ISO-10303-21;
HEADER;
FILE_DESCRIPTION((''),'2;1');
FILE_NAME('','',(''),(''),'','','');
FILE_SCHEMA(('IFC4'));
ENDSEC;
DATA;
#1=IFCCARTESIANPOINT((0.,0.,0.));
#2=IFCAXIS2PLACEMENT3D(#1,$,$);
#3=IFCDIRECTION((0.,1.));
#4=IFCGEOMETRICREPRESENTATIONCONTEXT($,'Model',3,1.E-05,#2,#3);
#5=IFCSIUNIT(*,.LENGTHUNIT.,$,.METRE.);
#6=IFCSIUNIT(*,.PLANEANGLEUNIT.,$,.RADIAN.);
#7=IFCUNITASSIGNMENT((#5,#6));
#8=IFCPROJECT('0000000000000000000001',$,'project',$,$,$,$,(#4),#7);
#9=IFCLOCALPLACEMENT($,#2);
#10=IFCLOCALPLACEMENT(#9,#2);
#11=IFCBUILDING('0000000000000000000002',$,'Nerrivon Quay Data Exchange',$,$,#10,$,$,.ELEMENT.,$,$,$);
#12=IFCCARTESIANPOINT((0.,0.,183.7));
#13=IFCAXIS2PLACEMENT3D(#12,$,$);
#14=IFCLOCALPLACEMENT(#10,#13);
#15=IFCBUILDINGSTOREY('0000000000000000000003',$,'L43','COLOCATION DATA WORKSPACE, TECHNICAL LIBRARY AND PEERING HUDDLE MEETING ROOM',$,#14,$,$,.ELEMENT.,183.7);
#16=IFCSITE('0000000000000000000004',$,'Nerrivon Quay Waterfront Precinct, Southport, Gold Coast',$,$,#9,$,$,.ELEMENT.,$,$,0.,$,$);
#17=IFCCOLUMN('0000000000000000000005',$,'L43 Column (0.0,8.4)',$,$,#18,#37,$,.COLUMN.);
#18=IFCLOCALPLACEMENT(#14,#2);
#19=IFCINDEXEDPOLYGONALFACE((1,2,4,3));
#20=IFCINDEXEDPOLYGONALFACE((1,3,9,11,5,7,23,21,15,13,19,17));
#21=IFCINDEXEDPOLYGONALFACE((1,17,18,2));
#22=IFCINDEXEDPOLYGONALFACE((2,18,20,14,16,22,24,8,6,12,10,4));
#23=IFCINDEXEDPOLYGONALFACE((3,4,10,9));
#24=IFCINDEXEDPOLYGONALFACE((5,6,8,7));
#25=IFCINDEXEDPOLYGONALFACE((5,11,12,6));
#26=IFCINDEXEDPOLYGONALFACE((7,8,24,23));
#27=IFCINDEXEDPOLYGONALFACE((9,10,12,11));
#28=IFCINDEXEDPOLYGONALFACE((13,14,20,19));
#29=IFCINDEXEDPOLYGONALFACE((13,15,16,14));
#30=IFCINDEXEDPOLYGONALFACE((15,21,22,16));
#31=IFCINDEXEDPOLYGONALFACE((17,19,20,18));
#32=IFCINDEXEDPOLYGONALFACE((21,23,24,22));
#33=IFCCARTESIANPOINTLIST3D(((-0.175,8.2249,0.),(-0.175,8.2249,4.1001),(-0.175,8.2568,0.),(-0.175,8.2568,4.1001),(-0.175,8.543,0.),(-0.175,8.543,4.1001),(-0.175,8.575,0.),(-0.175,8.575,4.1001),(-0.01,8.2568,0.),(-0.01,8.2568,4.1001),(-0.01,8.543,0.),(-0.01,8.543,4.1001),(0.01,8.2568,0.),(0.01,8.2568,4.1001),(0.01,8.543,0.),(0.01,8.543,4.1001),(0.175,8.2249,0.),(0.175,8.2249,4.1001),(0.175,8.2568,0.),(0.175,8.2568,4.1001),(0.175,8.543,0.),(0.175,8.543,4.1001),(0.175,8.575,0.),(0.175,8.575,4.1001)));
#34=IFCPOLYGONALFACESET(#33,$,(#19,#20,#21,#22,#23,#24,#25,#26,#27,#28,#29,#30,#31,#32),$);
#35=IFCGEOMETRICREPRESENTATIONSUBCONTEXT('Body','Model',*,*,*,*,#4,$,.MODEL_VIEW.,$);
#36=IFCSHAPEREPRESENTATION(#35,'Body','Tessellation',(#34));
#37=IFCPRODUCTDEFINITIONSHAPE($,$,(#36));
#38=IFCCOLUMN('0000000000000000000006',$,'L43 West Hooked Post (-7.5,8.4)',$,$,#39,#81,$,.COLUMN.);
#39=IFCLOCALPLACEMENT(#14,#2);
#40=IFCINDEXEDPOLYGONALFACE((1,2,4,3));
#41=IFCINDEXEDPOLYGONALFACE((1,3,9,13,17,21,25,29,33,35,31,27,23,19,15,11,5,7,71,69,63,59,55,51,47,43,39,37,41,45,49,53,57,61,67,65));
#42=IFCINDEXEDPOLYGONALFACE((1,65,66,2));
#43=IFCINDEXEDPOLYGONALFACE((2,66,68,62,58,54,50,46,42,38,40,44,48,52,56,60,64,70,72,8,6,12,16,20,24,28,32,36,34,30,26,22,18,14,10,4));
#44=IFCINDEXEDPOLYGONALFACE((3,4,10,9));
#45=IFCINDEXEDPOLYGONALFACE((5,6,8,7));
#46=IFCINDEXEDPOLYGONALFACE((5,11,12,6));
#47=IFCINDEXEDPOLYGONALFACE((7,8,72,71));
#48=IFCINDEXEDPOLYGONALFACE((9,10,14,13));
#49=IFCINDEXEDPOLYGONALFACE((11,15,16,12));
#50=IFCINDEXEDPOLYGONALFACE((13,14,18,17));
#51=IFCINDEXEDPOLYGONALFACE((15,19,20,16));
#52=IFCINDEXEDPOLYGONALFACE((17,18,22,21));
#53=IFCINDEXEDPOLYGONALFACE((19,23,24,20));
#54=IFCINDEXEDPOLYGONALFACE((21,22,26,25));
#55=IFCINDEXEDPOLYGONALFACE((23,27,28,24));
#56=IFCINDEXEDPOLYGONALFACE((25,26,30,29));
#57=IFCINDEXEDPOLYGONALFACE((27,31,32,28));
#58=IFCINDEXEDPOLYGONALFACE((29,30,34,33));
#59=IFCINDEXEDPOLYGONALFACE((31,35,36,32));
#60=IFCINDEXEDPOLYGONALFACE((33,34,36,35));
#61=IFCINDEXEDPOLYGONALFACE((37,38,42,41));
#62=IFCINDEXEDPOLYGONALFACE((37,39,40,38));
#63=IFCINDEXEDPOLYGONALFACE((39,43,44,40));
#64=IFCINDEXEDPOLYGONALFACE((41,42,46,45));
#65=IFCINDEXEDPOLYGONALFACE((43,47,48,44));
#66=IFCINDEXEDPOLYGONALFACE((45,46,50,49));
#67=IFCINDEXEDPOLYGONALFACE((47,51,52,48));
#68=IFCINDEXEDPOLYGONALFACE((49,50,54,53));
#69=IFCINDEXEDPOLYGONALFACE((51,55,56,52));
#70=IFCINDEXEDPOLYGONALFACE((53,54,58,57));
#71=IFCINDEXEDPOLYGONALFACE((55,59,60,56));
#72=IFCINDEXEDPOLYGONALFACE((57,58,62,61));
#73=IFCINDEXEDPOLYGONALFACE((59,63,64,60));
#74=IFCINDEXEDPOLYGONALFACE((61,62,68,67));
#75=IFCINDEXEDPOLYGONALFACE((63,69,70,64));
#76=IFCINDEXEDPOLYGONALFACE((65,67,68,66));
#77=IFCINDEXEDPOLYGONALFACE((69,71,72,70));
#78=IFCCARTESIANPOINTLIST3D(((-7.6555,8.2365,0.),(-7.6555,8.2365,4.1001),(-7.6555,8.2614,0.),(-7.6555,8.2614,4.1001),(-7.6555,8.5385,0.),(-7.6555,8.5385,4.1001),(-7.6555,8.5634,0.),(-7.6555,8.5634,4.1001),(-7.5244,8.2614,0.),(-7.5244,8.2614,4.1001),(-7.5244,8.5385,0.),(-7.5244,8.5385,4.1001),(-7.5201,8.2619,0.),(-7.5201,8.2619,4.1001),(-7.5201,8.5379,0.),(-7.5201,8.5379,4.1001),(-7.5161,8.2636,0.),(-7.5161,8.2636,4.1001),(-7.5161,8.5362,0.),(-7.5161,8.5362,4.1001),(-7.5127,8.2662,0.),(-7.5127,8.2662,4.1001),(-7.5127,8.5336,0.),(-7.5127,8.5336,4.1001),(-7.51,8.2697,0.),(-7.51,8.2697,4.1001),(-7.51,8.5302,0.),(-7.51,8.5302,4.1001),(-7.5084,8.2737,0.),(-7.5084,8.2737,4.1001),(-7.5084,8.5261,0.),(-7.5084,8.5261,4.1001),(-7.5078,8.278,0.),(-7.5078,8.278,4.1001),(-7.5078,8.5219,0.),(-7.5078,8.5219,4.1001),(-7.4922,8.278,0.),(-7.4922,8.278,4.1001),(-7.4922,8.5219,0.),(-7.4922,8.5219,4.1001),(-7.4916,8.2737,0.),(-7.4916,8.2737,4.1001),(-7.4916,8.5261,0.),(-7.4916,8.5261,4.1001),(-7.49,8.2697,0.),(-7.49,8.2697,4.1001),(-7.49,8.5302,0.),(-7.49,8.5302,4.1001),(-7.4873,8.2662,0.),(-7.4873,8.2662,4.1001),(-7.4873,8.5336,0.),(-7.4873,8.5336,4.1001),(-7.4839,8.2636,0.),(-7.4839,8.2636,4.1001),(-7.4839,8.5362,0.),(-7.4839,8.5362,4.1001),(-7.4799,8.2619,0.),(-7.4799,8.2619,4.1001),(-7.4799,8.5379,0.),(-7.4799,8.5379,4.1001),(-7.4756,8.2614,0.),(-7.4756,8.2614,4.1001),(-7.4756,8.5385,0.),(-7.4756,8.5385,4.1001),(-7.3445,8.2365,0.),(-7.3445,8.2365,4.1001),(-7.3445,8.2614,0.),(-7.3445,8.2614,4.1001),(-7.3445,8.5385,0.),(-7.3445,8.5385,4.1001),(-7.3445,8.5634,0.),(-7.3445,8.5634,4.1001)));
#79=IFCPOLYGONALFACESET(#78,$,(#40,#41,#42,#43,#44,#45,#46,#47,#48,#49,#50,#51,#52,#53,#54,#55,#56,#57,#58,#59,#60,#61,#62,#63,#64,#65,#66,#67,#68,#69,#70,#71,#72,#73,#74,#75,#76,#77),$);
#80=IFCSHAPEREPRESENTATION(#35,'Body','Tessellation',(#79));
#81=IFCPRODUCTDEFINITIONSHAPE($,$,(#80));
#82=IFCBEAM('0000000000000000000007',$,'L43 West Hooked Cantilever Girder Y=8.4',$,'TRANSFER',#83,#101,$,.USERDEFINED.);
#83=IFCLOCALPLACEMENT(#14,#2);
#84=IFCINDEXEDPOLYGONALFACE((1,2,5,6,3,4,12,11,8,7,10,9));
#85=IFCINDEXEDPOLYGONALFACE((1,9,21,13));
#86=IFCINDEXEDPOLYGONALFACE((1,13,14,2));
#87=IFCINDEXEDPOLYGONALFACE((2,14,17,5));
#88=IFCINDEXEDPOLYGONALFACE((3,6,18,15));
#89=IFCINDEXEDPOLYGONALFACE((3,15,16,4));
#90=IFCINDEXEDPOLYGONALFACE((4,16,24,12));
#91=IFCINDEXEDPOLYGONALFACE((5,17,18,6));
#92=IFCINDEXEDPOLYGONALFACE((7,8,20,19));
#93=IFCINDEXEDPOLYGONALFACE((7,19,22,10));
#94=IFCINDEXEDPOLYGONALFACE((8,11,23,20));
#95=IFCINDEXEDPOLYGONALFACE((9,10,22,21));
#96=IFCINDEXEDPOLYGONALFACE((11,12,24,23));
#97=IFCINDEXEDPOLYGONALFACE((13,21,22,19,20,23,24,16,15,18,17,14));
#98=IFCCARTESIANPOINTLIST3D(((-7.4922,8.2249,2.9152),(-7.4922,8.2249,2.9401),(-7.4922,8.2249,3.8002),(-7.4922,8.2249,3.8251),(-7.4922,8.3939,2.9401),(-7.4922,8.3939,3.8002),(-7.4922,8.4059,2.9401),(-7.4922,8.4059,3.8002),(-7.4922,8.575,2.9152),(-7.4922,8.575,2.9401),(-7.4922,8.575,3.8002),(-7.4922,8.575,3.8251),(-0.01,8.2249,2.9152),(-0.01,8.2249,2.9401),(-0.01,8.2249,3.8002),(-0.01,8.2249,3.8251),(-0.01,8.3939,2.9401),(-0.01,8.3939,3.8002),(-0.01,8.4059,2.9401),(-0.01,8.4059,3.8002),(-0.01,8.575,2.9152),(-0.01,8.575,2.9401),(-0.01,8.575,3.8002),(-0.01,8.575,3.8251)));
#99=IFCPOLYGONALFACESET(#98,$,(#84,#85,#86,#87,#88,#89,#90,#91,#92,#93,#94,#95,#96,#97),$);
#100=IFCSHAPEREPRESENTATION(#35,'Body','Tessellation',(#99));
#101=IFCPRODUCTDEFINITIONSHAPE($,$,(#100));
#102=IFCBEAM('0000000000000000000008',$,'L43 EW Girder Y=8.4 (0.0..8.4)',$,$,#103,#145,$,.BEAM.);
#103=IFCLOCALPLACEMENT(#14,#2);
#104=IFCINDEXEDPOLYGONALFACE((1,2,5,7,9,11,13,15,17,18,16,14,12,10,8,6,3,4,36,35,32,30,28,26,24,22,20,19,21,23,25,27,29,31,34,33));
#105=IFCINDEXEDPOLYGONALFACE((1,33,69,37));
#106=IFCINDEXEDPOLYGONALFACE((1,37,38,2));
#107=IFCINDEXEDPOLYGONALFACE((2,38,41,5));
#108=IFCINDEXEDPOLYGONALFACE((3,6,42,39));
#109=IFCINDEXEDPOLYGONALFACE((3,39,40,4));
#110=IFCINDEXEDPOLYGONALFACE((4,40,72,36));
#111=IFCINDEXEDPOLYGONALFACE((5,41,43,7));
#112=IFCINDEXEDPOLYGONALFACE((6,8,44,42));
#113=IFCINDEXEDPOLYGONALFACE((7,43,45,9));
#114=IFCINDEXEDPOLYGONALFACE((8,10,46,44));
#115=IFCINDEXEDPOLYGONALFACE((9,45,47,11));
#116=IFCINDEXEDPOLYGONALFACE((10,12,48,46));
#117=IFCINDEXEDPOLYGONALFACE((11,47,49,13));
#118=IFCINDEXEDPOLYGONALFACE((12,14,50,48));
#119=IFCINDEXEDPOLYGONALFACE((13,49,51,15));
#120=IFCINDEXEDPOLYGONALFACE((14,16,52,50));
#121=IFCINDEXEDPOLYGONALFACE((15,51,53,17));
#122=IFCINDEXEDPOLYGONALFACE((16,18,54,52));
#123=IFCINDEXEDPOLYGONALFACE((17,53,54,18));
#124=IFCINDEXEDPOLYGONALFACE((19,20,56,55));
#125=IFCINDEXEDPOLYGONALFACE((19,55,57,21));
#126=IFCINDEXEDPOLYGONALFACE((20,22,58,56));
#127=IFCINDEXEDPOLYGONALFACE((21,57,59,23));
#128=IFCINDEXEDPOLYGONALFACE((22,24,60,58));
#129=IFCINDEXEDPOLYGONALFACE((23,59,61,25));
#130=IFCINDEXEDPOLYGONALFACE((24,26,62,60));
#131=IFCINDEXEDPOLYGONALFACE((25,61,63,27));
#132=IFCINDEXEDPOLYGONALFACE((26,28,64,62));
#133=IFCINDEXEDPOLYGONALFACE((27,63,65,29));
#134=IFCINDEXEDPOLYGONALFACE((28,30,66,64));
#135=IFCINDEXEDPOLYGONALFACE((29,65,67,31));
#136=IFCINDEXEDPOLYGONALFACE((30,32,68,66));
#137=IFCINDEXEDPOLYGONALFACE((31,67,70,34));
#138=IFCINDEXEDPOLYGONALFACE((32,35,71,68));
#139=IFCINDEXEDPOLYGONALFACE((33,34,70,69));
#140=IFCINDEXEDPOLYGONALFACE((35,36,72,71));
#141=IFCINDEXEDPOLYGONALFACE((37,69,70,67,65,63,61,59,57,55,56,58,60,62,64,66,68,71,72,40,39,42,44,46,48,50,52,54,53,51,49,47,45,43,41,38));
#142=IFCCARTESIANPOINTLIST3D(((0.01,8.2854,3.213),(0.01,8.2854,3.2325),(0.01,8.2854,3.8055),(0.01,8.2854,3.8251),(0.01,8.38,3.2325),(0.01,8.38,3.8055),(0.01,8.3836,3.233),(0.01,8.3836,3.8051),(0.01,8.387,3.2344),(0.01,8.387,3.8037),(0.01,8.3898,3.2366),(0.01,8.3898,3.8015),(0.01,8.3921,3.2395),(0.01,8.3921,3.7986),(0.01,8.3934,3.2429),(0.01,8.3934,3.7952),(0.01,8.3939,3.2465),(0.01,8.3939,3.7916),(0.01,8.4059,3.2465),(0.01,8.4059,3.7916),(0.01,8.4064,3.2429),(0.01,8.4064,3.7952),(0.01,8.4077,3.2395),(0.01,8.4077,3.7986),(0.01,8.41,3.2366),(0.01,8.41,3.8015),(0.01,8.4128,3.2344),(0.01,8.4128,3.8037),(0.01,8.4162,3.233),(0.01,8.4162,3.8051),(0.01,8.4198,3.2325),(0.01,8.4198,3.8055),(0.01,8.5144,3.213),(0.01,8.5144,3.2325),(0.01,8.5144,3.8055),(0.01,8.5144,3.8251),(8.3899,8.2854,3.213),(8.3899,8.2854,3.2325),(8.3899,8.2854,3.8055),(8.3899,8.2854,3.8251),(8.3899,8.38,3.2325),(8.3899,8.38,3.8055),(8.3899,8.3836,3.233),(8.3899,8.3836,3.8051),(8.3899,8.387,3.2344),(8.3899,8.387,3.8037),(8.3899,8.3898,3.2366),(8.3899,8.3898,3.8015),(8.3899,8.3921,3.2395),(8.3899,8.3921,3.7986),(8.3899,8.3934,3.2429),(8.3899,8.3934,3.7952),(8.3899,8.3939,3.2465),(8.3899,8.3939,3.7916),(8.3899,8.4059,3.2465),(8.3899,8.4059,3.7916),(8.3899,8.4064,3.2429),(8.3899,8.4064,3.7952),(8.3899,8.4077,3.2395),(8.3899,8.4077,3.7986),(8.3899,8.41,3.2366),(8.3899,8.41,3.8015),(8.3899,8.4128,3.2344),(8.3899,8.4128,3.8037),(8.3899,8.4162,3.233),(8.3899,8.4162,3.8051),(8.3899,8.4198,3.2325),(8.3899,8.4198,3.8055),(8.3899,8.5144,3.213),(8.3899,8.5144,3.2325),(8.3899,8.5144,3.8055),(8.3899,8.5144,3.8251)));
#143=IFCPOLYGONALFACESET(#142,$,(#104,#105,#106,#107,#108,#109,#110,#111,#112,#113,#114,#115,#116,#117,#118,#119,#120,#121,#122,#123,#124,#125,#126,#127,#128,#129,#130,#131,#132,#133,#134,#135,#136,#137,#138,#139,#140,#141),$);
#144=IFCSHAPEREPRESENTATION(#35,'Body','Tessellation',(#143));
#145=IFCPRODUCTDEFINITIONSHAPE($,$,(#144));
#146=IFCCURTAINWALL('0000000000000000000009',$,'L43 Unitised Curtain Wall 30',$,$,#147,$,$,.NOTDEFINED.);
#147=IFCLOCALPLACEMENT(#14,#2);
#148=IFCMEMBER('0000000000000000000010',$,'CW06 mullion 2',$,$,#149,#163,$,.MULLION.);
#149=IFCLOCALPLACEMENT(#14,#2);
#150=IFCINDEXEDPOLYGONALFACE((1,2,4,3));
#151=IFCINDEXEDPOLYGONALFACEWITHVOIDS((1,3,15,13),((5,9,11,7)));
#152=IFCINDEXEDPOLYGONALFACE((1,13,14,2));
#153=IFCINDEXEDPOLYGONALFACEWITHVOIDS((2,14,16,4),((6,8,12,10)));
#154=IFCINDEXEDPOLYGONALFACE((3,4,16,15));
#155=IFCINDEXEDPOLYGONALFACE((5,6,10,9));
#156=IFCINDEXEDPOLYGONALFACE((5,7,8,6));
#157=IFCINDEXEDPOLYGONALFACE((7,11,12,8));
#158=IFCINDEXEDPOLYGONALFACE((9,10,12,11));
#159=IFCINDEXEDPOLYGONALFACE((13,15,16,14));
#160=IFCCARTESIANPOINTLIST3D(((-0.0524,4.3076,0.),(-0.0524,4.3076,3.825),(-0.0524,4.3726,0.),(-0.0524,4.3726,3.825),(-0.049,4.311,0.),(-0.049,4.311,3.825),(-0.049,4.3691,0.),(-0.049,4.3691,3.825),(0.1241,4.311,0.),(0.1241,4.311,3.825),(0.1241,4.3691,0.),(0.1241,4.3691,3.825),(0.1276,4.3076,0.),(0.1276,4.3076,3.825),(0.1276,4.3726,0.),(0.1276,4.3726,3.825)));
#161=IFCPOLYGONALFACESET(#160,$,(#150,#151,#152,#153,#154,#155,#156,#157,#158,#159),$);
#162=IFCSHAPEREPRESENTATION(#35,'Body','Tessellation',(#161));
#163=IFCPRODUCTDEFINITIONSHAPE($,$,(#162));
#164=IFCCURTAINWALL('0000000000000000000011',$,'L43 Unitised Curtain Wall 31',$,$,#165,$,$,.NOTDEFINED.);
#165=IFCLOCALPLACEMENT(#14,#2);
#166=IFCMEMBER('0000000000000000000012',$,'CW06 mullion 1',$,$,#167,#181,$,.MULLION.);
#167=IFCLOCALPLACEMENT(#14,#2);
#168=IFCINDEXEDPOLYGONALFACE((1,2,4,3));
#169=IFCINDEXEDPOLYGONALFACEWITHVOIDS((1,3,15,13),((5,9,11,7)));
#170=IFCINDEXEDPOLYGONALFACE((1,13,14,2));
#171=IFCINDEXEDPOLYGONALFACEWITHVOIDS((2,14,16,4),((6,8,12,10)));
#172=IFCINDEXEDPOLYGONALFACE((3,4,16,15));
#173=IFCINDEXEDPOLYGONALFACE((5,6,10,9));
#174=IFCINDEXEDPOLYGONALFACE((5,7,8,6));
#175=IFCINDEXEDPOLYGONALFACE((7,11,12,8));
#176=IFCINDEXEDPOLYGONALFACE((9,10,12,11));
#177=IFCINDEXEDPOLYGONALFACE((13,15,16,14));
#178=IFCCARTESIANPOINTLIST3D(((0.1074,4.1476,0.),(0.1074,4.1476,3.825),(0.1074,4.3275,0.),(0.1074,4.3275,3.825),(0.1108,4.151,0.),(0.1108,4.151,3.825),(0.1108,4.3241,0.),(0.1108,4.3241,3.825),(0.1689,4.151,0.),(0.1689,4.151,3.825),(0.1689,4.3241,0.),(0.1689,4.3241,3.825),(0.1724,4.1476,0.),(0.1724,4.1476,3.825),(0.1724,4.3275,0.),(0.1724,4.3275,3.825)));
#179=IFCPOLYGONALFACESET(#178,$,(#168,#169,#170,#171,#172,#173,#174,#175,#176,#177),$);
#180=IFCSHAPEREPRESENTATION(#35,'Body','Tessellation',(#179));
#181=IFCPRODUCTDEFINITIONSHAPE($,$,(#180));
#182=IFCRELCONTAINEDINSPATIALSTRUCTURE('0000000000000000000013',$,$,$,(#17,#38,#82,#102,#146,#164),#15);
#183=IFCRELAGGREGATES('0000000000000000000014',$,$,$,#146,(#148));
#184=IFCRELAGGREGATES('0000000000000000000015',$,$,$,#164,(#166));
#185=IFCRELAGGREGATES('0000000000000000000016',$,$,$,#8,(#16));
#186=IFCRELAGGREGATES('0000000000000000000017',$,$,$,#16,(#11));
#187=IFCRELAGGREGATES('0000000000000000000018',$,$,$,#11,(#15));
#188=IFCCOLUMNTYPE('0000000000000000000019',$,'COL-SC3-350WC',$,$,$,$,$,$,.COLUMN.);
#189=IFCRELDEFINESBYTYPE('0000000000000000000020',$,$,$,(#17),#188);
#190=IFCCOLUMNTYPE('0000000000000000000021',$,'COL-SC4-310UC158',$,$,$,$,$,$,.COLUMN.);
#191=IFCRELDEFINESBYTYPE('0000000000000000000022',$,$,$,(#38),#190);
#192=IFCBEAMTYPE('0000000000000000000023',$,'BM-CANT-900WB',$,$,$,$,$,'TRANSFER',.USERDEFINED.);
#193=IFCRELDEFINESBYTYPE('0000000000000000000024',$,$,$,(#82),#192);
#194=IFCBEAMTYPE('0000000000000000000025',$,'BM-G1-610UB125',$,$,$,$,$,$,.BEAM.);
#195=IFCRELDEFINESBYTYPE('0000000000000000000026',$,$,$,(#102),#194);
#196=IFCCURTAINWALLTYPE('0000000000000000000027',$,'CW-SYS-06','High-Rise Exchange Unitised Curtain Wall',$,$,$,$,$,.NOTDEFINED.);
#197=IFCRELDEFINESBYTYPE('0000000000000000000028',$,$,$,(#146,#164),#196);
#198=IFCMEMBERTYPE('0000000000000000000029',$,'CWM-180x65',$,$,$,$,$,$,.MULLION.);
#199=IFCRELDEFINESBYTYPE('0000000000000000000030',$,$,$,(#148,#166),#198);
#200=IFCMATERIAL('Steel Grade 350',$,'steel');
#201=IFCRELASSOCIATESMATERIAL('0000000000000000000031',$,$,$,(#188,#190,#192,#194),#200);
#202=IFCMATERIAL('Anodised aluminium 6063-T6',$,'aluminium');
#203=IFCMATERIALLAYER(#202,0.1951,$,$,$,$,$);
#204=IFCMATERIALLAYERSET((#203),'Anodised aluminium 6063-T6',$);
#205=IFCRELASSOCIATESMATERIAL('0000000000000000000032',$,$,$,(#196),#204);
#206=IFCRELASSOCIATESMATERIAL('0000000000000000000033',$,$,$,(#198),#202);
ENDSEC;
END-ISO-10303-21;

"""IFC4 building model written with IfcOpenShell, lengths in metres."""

from ifc_helpers import new_model, si_unit, direction, frame, origin, origin_2d, place, context, subcontext, project, spatial, hollow_rectangle, i_section, extrude, material, layer, layer_set, material_profile, profile_set, type_object, element, aggregate, save


model = new_model("IFC4")

# Units and contexts
model_context = context("Model", 3, precision=1e-05, world=origin(), true_north=direction((0.0, 1.0)))
body_context = subcontext(model_context, "Body", "Model", "MODEL_VIEW")
ifc_project = project(units=[si_unit("LENGTHUNIT", "METRE"), si_unit("PLANEANGLEUNIT", "RADIAN")], contexts=[model_context])

# Site, building, storey
site_placement = place(None, origin())
site = spatial("IfcSite", under=ifc_project, at=site_placement, Name="Nerrivon Quay Waterfront Precinct, Southport, Gold Coast", CompositionType="ELEMENT", RefElevation=0.0)
building_placement = place(site_placement, origin())
building = spatial("IfcBuilding", under=site, at=building_placement, Name="Nerrivon Quay Data Exchange", CompositionType="ELEMENT")
storey_placement = place(building_placement, frame((0.0, 0.0, 183.7)))
storey = spatial("IfcBuildingStorey", under=building, at=storey_placement, Name="L43", Description="COLOCATION DATA WORKSPACE, TECHNICAL LIBRARY AND PEERING HUDDLE MEETING ROOM", CompositionType="ELEMENT", Elevation=183.7)

# Columns
ifc_material_1 = material(Name="Steel Grade 350", Category="steel")
ifc_material_profile_1 = material_profile(ifc_material_1, i_section(OverallWidth=0.3501, OverallDepth=0.3501, WebThickness=0.02, FlangeThickness=0.032, at=origin_2d()), Name="350WC230")
ifc_profile_set_1 = profile_set([ifc_material_profile_1], Name="Steel Grade 350")
column_type_1 = type_object("IfcColumnType", Name="COL-SC3-350WC", PredefinedType="COLUMN", material=ifc_profile_set_1)
column_1_placement = place(storey_placement, frame((0.0, 8.3999, 0.0), z_axis=(0.0, 0.0, 1.0), x_axis=(1.0, 0.0, 0.0)))
element("IfcColumn", 1, at=column_1_placement, inside=storey, type_object=column_type_1, Name="L43 Column (0.0,8.4)", PredefinedType="COLUMN", context=body_context, shape_type="SweptSolid", body=[
    extrude(i_section(OverallWidth=0.3501, OverallDepth=0.3501, WebThickness=0.02, FlangeThickness=0.032, at=origin_2d()), origin(), (0.0, 0.0, 1.0), 4.1001),
])
ifc_material_profile_2 = material_profile(ifc_material_1, i_section(OverallWidth=0.311, OverallDepth=0.3269, WebThickness=0.0156, FlangeThickness=0.0249, FilletRadius=0.0166, at=origin_2d()), Name="310UC158")
ifc_profile_set_2 = profile_set([ifc_material_profile_2], Name="Steel Grade 350")
column_type_2 = type_object("IfcColumnType", Name="COL-SC4-310UC158", PredefinedType="COLUMN", material=ifc_profile_set_2)
column_2_placement = place(storey_placement, frame((-7.5, 8.3999, 0.0), z_axis=(0.0, 0.0, 1.0), x_axis=(1.0, 0.0, 0.0)))
element("IfcColumn", 2, at=column_2_placement, inside=storey, type_object=column_type_2, Name="L43 West Hooked Post (-7.5,8.4)", PredefinedType="COLUMN", context=body_context, shape_type="SweptSolid", body=[
    extrude(i_section(OverallWidth=0.311, OverallDepth=0.3269, WebThickness=0.0156, FlangeThickness=0.0249, FilletRadius=0.0166, at=origin_2d()), origin(), (0.0, 0.0, 1.0), 4.1001),
])

# Beams
ifc_material_profile_3 = material_profile(ifc_material_1, i_section(OverallWidth=0.3501, OverallDepth=0.9099, WebThickness=0.012, FlangeThickness=0.0249, at=origin_2d()), Name="900WB218")
ifc_profile_set_3 = profile_set([ifc_material_profile_3], Name="Steel Grade 350")
beam_type_1 = type_object("IfcBeamType", Name="BM-CANT-900WB", ElementType="TRANSFER", PredefinedType="USERDEFINED", material=ifc_profile_set_3)
beam_1_placement = place(storey_placement, frame((-0.01, 8.3999, 3.3701), z_axis=(-1.0, 0.0, 0.0), x_axis=(0.0, -1.0, 0.0)))
element("IfcBeam", 3, at=beam_1_placement, inside=storey, type_object=beam_type_1, Name="L43 West Hooked Cantilever Girder Y=8.4", ObjectType="TRANSFER", PredefinedType="USERDEFINED", context=body_context, shape_type="SweptSolid", body=[
    extrude(i_section(OverallWidth=0.3501, OverallDepth=0.9099, WebThickness=0.012, FlangeThickness=0.0249, at=origin_2d()), origin(), (0.0, 0.0, 1.0), 7.4822),
])
ifc_material_profile_4 = material_profile(ifc_material_1, i_section(OverallWidth=0.229, OverallDepth=0.6121, WebThickness=0.012, FlangeThickness=0.0195, FilletRadius=0.0139, at=origin_2d()), Name="610UB125")
ifc_profile_set_4 = profile_set([ifc_material_profile_4], Name="Steel Grade 350")
beam_type_2 = type_object("IfcBeamType", Name="BM-G1-610UB125", PredefinedType="BEAM", material=ifc_profile_set_4)
beam_2_placement = place(storey_placement, frame((0.01, 8.3999, 3.519), z_axis=(1.0, 0.0, 0.0), x_axis=(0.0, 1.0, 0.0)))
element("IfcBeam", 4, at=beam_2_placement, inside=storey, type_object=beam_type_2, Name="L43 EW Girder Y=8.4 (0.0..8.4)", PredefinedType="BEAM", context=body_context, shape_type="SweptSolid", body=[
    extrude(i_section(OverallWidth=0.229, OverallDepth=0.6121, WebThickness=0.012, FlangeThickness=0.0195, FilletRadius=0.0139, at=origin_2d()), origin(), (0.0, 0.0, 1.0), 8.3799),
])

# Curtain wall, member
ifc_material_2 = material(Name="Anodised aluminium 6063-T6", Category="aluminium")
ifc_layer_1 = layer(ifc_material_2, 0.1951)
ifc_layer_set_1 = layer_set([ifc_layer_1], Name="Anodised aluminium 6063-T6")
curtain_wall_type_1 = type_object("IfcCurtainWallType", Name="CW-SYS-06", Description="High-Rise Exchange Unitised Curtain Wall", PredefinedType="NOTDEFINED", material=ifc_layer_set_1)
curtain_wall_1_placement = place(storey_placement, origin())
curtain_wall_1 = element("IfcCurtainWall", 5, at=curtain_wall_1_placement, inside=storey, type_object=curtain_wall_type_1, Name="L43 Unitised Curtain Wall 30", PredefinedType="NOTDEFINED")
ifc_material_profile_5 = material_profile(ifc_material_2, hollow_rectangle(XDim=0.0649, YDim=0.1799, WallThickness=0.0034, at=origin_2d()), Name="ALU-MULL-180x65")
ifc_profile_set_5 = profile_set([ifc_material_profile_5], Name="Anodised aluminium 6063-T6")
member_type_1 = type_object("IfcMemberType", Name="CWM-180x65", PredefinedType="MULLION", material=ifc_profile_set_5)
member_1_placement = place(storey_placement, frame((0.0376, 4.3401, 0.0), z_axis=(0.0, 0.0, 1.0), x_axis=(0.0, -1.0, 0.0)))
member_1 = element("IfcMember", 6, at=member_1_placement, type_object=member_type_1, Name="CW06 mullion 2", PredefinedType="MULLION", context=body_context, shape_type="SweptSolid", body=[
    extrude(hollow_rectangle(XDim=0.0649, YDim=0.1799, WallThickness=0.0034, at=origin_2d()), origin(), (0.0, 0.0, 1.0), 3.825),
])

# Curtain wall, member
curtain_wall_2_placement = place(storey_placement, origin())
curtain_wall_2 = element("IfcCurtainWall", 7, at=curtain_wall_2_placement, inside=storey, type_object=curtain_wall_type_1, Name="L43 Unitised Curtain Wall 31", PredefinedType="NOTDEFINED")
member_2_placement = place(storey_placement, frame((0.1399, 4.2375, 0.0), z_axis=(0.0, 0.0, 1.0), x_axis=(-1.0, 0.0, 0.0)))
member_2 = element("IfcMember", 8, at=member_2_placement, type_object=member_type_1, Name="CW06 mullion 1", PredefinedType="MULLION", context=body_context, shape_type="SweptSolid", body=[
    extrude(hollow_rectangle(XDim=0.0649, YDim=0.1799, WallThickness=0.0034, at=origin_2d()), origin(), (0.0, 0.0, 1.0), 3.825),
])

aggregate(curtain_wall_1, [member_1])
aggregate(curtain_wall_2, [member_2])

save(model, "model.ifc")
